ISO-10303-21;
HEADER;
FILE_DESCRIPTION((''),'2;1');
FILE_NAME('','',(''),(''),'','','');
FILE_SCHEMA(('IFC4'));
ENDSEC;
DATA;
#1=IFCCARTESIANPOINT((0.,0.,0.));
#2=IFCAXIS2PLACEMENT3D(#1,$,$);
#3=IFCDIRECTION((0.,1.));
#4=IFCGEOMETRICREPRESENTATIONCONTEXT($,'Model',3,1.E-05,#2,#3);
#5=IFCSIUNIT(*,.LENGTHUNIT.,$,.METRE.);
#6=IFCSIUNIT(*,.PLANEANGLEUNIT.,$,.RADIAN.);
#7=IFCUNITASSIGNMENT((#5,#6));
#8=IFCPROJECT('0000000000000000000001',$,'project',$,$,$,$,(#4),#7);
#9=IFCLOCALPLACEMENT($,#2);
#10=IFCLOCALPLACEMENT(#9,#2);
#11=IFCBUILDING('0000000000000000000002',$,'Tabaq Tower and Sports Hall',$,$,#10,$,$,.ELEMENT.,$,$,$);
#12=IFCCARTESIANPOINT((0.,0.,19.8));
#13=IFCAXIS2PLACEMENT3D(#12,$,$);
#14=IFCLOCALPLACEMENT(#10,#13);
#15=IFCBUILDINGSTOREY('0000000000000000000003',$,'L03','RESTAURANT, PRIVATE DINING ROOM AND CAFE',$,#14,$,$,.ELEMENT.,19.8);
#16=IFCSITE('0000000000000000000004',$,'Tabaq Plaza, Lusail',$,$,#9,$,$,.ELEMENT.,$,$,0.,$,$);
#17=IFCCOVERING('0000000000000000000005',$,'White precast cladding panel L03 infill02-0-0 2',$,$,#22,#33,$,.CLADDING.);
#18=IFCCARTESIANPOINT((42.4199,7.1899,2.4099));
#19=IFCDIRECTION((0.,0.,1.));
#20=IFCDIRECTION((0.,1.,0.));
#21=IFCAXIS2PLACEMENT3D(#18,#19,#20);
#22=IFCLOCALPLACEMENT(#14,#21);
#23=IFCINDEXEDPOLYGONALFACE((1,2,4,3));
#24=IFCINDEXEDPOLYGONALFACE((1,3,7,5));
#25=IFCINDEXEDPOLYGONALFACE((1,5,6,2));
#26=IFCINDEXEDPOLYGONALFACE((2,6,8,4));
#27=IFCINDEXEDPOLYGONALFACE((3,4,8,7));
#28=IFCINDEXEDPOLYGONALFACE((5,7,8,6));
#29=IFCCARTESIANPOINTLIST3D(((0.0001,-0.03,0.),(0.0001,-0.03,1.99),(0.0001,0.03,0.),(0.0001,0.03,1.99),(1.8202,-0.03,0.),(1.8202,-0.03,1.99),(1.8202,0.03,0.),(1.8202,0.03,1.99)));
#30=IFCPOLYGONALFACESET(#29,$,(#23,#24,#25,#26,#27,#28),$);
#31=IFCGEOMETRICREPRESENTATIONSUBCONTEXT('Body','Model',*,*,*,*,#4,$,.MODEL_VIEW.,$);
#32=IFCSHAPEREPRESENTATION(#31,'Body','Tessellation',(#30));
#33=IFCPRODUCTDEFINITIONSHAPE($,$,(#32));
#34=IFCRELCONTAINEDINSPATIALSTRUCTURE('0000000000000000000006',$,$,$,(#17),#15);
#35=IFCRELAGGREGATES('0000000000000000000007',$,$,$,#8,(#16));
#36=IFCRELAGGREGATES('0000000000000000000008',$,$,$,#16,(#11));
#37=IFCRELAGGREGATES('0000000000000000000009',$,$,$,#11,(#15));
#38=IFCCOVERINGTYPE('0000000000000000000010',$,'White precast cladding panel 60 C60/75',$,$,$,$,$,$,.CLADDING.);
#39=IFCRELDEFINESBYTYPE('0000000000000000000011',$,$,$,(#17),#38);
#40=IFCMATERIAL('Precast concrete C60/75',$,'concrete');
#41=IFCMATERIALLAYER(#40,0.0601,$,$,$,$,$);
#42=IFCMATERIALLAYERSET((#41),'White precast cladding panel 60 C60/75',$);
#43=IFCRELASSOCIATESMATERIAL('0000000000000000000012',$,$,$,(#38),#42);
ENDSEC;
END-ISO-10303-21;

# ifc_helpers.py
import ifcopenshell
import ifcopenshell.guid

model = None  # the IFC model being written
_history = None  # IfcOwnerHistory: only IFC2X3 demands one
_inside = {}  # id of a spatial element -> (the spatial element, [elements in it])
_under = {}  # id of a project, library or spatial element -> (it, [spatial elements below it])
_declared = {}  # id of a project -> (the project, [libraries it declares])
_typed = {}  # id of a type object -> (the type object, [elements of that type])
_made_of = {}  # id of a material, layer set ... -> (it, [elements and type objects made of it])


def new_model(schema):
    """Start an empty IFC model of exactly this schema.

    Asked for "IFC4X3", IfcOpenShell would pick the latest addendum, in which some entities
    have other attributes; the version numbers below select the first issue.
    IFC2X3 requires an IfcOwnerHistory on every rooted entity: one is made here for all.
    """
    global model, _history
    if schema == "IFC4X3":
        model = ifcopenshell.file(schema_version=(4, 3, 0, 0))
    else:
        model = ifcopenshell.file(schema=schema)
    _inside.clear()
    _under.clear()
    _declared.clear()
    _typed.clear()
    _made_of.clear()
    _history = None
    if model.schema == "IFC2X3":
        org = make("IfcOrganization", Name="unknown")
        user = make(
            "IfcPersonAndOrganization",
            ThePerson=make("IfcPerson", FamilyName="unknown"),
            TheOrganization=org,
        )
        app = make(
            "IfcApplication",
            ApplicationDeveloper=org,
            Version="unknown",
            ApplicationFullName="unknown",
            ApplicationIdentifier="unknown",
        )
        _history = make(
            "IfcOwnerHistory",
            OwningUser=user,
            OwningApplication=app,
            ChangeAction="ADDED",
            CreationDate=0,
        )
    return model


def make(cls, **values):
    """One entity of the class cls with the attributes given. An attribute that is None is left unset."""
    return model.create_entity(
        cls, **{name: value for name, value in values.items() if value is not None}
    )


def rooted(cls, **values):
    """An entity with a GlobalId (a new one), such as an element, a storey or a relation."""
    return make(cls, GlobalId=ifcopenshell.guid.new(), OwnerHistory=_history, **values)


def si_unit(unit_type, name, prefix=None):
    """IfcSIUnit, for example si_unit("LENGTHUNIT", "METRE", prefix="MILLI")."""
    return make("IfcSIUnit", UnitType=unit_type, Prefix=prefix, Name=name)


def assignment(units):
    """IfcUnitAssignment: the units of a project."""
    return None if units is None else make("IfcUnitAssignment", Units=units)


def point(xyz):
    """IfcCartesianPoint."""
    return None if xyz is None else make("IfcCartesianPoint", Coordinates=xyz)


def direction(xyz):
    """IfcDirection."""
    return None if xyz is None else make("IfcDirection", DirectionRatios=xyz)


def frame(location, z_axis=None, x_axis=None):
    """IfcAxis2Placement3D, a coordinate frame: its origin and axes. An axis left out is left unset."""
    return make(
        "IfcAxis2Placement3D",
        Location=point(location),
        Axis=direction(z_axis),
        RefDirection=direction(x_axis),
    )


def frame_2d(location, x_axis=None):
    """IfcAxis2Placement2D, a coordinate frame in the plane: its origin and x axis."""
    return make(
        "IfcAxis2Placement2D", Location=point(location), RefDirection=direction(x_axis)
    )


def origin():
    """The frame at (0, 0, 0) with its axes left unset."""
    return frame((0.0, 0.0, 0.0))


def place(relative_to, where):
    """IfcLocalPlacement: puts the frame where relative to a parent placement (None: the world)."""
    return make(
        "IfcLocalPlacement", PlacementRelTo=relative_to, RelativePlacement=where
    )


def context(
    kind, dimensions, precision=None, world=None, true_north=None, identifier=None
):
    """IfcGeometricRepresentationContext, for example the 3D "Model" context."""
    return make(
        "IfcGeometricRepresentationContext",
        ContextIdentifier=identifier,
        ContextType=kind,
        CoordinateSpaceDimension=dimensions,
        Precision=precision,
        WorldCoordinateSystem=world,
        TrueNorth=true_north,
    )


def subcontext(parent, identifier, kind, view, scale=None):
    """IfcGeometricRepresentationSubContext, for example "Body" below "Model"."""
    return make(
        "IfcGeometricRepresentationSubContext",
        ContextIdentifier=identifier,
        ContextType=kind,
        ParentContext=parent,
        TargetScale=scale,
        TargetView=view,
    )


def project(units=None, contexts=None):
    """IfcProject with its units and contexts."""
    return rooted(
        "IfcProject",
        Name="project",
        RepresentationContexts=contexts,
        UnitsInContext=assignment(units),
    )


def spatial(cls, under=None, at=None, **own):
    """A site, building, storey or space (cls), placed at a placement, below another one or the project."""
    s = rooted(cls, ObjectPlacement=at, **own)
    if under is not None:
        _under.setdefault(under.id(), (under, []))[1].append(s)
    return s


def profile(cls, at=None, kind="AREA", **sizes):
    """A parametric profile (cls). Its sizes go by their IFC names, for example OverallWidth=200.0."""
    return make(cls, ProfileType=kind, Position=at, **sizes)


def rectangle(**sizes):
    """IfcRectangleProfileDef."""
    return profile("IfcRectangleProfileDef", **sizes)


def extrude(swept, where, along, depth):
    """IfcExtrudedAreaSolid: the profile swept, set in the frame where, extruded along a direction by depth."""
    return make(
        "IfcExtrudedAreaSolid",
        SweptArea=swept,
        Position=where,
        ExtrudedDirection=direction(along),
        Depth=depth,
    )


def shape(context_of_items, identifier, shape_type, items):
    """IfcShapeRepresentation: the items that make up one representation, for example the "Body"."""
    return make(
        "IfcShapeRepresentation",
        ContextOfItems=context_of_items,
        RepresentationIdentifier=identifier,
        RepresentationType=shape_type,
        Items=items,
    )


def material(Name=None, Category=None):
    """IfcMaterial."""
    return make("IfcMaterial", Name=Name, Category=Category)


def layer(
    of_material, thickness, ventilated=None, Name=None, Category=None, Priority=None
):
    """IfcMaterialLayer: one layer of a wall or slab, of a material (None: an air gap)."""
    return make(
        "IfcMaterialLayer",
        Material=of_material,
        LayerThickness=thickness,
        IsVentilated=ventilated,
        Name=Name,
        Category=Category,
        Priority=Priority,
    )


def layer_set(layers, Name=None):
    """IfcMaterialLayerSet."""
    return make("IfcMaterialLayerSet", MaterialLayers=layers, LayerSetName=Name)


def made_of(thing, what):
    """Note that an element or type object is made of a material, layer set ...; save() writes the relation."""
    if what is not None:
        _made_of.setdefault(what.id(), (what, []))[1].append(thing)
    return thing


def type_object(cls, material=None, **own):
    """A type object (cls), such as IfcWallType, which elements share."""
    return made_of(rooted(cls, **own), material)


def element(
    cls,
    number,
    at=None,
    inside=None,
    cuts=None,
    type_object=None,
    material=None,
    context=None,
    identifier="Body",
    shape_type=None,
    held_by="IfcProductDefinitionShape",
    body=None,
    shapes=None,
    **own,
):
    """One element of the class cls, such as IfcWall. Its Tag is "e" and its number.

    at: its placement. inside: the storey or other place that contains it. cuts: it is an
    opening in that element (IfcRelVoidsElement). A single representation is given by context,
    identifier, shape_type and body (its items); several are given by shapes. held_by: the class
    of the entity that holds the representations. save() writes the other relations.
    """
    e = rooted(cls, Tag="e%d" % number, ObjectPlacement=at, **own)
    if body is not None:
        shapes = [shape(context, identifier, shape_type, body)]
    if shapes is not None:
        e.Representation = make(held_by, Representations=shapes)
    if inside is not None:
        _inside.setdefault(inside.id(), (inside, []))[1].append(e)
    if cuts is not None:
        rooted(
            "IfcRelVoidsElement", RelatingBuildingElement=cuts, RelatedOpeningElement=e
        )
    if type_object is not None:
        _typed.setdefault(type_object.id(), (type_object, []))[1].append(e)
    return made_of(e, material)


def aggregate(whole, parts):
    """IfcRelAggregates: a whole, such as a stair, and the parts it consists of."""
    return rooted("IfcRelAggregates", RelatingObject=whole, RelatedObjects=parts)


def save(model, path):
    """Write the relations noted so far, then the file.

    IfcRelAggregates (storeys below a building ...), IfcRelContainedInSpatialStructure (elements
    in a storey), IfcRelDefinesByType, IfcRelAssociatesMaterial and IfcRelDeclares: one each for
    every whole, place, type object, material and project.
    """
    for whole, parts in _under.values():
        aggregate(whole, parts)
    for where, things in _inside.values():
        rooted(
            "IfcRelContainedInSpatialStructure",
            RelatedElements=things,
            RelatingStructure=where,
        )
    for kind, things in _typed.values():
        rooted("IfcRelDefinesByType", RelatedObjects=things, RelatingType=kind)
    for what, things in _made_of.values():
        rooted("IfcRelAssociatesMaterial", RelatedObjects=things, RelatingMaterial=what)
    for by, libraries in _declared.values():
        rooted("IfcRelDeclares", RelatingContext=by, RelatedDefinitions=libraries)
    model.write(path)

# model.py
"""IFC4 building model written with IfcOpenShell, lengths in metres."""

from ifc_helpers import new_model, si_unit, direction, frame, frame_2d, origin, place, context, subcontext, project, spatial, rectangle, extrude, material, layer, layer_set, type_object, element, save


model = new_model("IFC4")

# Units and contexts
model_context = context("Model", 3, precision=1e-05, world=origin(), true_north=direction((0.0, 1.0)))
body_context = subcontext(model_context, "Body", "Model", "MODEL_VIEW")
ifc_project = project(units=[si_unit("LENGTHUNIT", "METRE"), si_unit("PLANEANGLEUNIT", "RADIAN")], contexts=[model_context])

# Site, building, storey
site_placement = place(None, origin())
site = spatial("IfcSite", under=ifc_project, at=site_placement, Name="Tabaq Plaza, Lusail", CompositionType="ELEMENT", RefElevation=0.0)
building_placement = place(site_placement, origin())
building = spatial("IfcBuilding", under=site, at=building_placement, Name="Tabaq Tower and Sports Hall", CompositionType="ELEMENT")
storey_placement = place(building_placement, frame((0.0, 0.0, 19.8)))
storey = spatial("IfcBuildingStorey", under=building, at=storey_placement, Name="L03", Description="RESTAURANT, PRIVATE DINING ROOM AND CAFE", CompositionType="ELEMENT", Elevation=19.8)

# Covering
ifc_material_1 = material(Name="Precast concrete C60/75", Category="concrete")
ifc_layer_1 = layer(ifc_material_1, 0.0601)
ifc_layer_set_1 = layer_set([ifc_layer_1], Name="White precast cladding panel 60 C60/75")
covering_type_1 = type_object("IfcCoveringType", Name="White precast cladding panel 60 C60/75", PredefinedType="CLADDING", material=ifc_layer_set_1)
covering_1_placement = place(storey_placement, frame((42.4199, 7.1899, 2.4099), z_axis=(0.0, 0.0, 1.0), x_axis=(0.0, 1.0, 0.0)))
element("IfcCovering", 1, at=covering_1_placement, inside=storey, type_object=covering_type_1, Name="White precast cladding panel L03 infill02-0-0 2", PredefinedType="CLADDING", context=body_context, shape_type="SweptSolid", body=[
    extrude(rectangle(XDim=1.8201, YDim=0.0601, at=frame_2d((0.9102, 0.0))), origin(), (0.0, 0.0, 1.0), 1.99),
])

save(model, "model.ifc")
